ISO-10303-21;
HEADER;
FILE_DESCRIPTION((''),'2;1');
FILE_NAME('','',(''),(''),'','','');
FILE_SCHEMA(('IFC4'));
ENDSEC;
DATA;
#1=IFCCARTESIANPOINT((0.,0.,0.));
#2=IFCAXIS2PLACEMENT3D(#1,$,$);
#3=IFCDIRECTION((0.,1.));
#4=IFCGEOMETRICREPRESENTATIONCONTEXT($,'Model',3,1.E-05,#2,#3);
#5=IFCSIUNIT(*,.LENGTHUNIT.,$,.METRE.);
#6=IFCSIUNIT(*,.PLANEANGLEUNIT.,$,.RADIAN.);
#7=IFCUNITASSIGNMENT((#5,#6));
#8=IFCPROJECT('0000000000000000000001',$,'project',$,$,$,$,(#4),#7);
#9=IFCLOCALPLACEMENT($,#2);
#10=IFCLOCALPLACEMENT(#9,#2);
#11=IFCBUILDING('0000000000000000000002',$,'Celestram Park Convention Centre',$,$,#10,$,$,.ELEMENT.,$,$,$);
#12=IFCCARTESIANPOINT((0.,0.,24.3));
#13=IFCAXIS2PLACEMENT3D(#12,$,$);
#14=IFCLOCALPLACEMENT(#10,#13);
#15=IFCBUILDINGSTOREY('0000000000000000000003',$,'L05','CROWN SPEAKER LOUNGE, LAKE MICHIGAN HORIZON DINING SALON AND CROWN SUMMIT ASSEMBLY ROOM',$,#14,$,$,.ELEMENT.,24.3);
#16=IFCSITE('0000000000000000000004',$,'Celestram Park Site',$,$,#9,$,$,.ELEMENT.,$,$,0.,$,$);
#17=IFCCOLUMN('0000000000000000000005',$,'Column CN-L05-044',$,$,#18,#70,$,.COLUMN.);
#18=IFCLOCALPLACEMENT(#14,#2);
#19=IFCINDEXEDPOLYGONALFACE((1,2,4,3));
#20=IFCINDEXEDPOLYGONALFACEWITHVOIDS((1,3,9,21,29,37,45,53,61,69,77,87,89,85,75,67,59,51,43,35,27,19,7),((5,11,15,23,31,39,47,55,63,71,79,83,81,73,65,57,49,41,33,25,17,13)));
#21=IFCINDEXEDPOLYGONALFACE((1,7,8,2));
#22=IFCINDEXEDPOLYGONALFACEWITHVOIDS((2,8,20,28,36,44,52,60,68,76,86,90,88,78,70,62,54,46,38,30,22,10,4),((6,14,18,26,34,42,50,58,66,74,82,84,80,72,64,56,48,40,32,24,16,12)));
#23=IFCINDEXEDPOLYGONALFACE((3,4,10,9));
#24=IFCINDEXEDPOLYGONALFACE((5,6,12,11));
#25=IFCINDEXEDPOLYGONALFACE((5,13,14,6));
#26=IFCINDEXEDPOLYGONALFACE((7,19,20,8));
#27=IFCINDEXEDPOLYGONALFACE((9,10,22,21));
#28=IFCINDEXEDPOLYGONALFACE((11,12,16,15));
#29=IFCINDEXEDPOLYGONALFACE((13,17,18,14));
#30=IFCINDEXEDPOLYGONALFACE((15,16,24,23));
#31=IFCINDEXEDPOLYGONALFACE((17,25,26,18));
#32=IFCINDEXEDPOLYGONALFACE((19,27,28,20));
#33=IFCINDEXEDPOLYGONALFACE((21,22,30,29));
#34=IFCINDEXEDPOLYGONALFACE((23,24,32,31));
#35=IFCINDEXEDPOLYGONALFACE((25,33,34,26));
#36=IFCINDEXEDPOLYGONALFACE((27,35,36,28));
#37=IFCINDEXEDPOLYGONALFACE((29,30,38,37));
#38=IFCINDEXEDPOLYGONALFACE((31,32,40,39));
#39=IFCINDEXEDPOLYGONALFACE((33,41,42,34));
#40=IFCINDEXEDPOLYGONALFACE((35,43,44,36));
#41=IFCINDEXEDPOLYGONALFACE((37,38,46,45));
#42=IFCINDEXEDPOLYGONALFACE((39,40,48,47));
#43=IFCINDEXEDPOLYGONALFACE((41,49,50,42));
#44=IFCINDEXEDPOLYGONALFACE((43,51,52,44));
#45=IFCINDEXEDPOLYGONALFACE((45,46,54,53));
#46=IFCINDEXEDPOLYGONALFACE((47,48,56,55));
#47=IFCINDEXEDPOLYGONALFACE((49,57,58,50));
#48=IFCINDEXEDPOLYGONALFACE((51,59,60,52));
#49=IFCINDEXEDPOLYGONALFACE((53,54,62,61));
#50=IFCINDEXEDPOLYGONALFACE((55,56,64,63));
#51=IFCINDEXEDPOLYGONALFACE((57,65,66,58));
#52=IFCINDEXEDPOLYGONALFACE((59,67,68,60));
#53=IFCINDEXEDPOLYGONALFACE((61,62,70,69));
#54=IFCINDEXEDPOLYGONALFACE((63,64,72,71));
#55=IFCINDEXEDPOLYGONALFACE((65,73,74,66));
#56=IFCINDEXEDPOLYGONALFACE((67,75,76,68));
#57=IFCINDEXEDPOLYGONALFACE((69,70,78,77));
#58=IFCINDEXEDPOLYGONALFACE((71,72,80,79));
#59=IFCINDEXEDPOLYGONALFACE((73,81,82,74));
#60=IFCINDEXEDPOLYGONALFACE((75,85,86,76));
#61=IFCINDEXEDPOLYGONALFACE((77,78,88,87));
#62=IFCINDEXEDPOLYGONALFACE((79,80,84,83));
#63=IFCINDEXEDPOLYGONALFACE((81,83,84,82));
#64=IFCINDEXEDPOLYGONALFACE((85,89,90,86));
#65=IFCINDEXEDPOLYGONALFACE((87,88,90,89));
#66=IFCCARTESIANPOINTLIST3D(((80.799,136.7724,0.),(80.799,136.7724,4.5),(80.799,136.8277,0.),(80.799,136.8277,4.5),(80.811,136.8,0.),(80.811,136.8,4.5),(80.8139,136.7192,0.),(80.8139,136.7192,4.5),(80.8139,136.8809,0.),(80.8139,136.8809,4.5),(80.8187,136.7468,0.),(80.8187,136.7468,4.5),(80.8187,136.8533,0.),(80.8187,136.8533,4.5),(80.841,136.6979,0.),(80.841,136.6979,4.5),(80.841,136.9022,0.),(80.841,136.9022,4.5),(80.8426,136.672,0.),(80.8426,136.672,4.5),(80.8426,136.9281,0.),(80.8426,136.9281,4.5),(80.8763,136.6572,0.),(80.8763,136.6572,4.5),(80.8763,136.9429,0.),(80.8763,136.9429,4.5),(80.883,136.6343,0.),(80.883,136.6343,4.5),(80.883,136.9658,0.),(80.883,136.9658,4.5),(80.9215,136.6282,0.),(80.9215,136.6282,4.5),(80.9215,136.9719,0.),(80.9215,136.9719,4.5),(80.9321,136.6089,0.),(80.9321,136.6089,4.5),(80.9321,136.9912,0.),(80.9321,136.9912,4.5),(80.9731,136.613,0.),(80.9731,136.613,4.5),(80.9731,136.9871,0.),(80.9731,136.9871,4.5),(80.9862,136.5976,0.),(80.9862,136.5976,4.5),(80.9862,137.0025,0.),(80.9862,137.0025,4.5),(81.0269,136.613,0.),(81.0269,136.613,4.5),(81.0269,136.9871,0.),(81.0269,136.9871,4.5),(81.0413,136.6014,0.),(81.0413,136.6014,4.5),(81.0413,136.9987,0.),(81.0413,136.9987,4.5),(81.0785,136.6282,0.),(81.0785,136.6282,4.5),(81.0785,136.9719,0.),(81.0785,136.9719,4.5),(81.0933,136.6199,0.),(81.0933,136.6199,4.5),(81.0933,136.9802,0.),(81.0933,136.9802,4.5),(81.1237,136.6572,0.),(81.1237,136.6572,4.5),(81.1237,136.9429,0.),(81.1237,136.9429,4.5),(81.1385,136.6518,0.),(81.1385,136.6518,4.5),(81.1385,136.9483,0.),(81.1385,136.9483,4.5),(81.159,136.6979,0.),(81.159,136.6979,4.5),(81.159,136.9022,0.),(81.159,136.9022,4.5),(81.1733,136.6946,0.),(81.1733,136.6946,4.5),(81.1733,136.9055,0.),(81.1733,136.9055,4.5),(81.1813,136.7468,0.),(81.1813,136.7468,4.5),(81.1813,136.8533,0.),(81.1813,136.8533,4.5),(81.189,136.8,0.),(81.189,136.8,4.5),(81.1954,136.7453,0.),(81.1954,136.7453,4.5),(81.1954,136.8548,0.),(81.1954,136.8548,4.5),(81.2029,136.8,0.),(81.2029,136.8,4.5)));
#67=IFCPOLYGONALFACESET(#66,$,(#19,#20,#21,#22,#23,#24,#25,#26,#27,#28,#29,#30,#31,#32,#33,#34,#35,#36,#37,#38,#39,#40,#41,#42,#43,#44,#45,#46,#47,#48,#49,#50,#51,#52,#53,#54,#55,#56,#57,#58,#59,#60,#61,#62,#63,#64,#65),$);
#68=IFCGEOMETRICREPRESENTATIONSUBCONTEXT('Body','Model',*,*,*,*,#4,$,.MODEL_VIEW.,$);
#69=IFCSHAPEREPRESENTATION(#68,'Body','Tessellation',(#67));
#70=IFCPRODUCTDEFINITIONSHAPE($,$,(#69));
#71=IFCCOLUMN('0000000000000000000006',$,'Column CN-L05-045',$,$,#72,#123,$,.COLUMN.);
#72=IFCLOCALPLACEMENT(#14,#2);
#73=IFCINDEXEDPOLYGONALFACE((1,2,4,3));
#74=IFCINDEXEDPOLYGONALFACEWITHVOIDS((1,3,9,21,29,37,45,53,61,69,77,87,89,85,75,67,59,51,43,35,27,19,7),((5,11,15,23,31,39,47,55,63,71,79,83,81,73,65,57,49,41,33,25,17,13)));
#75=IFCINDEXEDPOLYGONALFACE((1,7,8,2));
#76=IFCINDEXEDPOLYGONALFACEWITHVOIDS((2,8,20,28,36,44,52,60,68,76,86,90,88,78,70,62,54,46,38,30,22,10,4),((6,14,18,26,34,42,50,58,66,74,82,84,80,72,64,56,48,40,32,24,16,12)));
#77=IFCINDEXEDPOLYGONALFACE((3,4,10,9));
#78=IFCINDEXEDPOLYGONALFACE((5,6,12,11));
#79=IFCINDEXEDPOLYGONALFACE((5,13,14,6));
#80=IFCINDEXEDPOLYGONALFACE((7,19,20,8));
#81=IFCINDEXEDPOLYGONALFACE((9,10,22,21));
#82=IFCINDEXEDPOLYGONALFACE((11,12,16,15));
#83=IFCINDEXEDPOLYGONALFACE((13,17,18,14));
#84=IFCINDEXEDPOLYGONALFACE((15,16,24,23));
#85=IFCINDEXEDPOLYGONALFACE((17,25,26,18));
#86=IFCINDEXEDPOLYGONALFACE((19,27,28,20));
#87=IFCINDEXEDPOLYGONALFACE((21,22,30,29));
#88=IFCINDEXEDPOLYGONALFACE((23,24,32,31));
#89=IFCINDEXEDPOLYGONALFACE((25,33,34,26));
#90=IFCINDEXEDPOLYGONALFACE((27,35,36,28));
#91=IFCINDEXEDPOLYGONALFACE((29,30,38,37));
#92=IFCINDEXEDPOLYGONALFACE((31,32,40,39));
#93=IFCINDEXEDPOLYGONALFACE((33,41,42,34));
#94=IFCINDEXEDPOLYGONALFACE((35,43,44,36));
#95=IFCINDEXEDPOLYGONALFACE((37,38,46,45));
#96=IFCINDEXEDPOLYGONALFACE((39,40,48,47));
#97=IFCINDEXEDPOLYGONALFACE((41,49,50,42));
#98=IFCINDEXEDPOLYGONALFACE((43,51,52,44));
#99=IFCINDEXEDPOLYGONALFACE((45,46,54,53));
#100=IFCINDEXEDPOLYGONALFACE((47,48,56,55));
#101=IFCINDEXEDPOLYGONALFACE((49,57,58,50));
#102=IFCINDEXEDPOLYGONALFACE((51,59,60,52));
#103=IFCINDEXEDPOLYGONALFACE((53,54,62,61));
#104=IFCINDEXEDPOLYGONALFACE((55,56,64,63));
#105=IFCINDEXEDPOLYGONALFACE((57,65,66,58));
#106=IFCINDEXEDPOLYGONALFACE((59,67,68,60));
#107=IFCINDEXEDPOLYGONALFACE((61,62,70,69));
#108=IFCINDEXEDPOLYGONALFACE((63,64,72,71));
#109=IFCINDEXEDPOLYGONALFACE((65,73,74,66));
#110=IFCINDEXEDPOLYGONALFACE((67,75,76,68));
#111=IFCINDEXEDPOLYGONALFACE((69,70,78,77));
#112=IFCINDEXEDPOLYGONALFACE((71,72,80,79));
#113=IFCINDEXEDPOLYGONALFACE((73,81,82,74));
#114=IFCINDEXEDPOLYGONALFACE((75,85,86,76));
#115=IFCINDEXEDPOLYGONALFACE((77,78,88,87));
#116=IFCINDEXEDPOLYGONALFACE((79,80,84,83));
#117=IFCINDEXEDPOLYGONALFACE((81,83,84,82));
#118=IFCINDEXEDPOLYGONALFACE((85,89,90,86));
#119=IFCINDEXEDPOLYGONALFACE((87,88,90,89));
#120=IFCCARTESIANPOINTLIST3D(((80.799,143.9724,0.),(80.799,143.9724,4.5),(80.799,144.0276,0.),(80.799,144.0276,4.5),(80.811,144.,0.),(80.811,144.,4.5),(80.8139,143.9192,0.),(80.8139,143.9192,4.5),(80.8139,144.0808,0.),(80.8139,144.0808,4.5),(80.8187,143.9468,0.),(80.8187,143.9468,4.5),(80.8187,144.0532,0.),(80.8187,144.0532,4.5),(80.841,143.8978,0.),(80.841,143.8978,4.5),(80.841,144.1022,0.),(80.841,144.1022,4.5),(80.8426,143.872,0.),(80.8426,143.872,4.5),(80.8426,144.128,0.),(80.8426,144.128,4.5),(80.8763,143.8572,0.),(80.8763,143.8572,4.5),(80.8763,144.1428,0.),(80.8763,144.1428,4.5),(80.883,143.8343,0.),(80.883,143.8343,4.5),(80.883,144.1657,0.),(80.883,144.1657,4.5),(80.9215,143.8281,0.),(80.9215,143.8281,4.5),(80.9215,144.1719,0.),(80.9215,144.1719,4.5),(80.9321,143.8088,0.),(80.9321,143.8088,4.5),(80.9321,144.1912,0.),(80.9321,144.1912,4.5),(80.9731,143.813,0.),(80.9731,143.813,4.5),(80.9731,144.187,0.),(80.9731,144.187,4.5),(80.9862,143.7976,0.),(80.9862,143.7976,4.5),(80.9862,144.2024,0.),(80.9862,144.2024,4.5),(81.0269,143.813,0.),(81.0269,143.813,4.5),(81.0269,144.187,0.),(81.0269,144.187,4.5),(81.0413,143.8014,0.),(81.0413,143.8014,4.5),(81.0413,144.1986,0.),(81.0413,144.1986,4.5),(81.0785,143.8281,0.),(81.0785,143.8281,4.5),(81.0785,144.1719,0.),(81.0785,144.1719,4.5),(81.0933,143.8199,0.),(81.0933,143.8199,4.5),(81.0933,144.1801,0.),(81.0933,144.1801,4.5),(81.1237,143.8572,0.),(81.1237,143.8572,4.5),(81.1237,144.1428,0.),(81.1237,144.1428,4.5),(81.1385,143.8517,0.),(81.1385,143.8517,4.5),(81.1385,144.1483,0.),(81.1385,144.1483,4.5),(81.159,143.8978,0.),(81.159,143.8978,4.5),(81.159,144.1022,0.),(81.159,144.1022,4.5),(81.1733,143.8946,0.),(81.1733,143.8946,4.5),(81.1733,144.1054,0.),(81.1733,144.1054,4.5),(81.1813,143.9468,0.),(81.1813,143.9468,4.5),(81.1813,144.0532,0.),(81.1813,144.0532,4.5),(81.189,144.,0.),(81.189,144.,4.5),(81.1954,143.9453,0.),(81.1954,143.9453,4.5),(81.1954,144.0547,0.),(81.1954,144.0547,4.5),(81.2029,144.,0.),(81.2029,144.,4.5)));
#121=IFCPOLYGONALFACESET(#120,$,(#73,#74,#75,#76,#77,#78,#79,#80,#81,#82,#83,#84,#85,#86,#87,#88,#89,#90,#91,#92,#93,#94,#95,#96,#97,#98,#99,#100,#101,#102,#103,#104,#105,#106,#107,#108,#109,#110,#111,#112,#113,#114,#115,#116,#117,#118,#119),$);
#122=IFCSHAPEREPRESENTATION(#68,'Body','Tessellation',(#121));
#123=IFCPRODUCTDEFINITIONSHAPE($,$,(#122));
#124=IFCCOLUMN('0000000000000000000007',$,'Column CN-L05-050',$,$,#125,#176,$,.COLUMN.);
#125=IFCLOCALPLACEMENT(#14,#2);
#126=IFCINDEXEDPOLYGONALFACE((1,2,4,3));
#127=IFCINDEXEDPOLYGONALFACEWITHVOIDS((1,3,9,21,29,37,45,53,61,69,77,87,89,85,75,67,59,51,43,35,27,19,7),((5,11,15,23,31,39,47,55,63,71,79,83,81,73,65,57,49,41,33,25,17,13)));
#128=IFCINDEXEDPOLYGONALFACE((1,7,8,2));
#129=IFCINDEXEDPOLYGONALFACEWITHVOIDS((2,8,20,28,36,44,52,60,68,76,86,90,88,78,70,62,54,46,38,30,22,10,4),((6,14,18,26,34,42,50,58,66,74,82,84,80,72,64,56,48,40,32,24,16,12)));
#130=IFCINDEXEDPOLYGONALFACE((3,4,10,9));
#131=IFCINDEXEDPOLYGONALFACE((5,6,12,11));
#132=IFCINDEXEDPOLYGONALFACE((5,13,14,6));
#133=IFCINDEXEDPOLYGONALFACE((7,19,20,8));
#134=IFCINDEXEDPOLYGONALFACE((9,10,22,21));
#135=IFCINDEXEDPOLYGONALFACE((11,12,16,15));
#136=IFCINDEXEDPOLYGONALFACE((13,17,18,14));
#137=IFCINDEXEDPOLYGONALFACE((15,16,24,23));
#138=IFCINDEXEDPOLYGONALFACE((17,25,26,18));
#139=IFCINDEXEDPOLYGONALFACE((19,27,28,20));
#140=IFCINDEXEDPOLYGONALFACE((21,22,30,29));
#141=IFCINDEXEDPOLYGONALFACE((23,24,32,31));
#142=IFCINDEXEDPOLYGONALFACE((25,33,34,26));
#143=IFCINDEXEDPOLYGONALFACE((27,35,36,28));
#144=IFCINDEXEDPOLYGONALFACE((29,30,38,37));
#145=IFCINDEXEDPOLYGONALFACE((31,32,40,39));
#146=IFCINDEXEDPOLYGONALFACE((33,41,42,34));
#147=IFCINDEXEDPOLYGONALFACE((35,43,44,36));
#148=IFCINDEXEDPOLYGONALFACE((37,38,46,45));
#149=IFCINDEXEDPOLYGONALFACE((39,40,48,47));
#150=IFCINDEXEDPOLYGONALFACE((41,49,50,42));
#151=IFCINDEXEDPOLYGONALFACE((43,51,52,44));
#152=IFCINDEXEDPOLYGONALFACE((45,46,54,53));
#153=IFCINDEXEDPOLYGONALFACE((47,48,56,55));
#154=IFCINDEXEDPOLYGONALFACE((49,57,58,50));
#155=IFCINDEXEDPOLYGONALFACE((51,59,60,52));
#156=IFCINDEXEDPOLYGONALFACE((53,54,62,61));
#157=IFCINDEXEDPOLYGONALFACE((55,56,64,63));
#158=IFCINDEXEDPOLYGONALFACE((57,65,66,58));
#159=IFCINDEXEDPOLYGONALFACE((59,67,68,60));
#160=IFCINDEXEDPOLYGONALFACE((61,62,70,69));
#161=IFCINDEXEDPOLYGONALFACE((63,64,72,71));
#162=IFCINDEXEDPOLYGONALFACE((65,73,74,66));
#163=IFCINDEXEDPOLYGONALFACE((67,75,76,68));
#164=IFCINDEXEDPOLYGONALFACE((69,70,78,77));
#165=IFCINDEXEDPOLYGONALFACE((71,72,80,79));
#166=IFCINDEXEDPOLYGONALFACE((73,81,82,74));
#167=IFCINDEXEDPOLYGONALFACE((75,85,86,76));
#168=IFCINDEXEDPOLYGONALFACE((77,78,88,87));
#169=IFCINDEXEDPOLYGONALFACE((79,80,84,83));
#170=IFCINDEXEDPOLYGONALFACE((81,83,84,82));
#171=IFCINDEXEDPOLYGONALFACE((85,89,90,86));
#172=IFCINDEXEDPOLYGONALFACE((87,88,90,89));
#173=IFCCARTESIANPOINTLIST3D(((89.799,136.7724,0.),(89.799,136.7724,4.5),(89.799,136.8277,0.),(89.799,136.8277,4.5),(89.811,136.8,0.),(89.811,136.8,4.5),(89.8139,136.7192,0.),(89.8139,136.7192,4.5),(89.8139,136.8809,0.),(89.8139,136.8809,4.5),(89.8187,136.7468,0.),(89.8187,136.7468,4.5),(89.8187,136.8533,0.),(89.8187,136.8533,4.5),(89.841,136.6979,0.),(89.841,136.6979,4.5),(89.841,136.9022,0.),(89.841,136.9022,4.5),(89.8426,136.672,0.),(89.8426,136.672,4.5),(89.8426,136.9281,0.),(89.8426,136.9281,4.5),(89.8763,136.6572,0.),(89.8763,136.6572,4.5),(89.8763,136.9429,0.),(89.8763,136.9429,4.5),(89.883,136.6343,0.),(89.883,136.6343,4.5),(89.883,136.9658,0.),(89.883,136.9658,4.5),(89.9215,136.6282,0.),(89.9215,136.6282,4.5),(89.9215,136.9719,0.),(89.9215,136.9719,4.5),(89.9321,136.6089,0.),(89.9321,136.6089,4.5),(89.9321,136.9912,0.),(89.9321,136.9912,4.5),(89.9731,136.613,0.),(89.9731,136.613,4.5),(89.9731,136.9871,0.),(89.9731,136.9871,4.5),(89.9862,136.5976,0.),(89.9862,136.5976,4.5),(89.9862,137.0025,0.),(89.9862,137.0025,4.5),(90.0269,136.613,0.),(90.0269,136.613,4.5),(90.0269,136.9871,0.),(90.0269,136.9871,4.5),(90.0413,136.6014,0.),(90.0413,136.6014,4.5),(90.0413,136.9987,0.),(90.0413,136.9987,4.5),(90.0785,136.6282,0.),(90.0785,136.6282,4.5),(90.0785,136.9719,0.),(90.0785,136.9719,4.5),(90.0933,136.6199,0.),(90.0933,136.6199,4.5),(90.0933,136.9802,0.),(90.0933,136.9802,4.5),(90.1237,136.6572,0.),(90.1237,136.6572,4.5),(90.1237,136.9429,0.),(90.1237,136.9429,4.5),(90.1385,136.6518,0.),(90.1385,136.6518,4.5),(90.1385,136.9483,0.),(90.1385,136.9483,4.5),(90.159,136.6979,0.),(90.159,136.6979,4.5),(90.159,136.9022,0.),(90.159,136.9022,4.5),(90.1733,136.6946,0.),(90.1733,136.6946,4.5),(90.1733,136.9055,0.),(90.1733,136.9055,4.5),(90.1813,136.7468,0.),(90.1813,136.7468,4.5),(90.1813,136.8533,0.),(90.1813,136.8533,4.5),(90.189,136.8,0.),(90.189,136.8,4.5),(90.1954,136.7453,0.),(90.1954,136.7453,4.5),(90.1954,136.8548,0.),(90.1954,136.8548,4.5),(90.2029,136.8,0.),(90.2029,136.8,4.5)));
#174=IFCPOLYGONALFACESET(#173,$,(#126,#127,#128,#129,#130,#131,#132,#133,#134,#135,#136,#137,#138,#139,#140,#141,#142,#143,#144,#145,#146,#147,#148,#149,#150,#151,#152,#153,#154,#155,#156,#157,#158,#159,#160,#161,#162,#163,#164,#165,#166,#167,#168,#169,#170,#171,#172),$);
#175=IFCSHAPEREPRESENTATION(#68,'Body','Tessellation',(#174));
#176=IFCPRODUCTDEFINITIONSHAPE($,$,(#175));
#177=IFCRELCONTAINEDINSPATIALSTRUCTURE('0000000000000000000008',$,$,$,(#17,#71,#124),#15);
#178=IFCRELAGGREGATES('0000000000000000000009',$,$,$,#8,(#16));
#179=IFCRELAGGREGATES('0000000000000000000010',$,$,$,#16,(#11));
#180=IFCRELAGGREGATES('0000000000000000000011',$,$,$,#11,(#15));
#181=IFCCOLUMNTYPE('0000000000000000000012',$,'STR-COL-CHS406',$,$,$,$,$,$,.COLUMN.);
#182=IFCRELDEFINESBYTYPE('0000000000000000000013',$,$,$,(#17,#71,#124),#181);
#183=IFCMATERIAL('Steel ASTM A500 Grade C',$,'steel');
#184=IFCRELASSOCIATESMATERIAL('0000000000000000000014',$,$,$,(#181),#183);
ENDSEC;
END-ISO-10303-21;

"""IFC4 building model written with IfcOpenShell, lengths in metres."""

from ifc_helpers import new_model, si_unit, direction, frame, origin, origin_2d, place, context, subcontext, project, spatial, hollow_circle, extrude, material, material_profile, profile_set, type_object, element, save


model = new_model("IFC4")

# Units and contexts
model_context = context("Model", 3, precision=1e-05, world=origin(), true_north=direction((0.0, 1.0)))
body_context = subcontext(model_context, "Body", "Model", "MODEL_VIEW")
ifc_project = project(units=[si_unit("LENGTHUNIT", "METRE"), si_unit("PLANEANGLEUNIT", "RADIAN")], contexts=[model_context])

# Site, building, storey
site_placement = place(None, origin())
site = spatial("IfcSite", under=ifc_project, at=site_placement, Name="Celestram Park Site", CompositionType="ELEMENT", RefElevation=0.0)
building_placement = place(site_placement, origin())
building = spatial("IfcBuilding", under=site, at=building_placement, Name="Celestram Park Convention Centre", CompositionType="ELEMENT")
storey_placement = place(building_placement, frame((0.0, 0.0, 24.3)))
storey = spatial("IfcBuildingStorey", under=building, at=storey_placement, Name="L05", Description="CROWN SPEAKER LOUNGE, LAKE MICHIGAN HORIZON DINING SALON AND CROWN SUMMIT ASSEMBLY ROOM", CompositionType="ELEMENT", Elevation=24.3)

# Columns
ifc_material_1 = material(Name="Steel ASTM A500 Grade C", Category="steel")
ifc_material_profile_1 = material_profile(ifc_material_1, hollow_circle(Radius=0.2029, WallThickness=0.0139, at=origin_2d()), Name="CHS406X14")
ifc_profile_set_1 = profile_set([ifc_material_profile_1], Name="Steel ASTM A500 Grade C")
column_type = type_object("IfcColumnType", Name="STR-COL-CHS406", PredefinedType="COLUMN", material=ifc_profile_set_1)
for number, where, z_axis, x_axis, name in (
    (1, (81.0, 136.8, 0.0), (0.0, 0.0, 1.0), (1.0, 0.0, 0.0), "Column CN-L05-044"),
    (2, (81.0, 144.0, 0.0), (0.0, 0.0, 1.0), (1.0, 0.0, 0.0), "Column CN-L05-045"),
    (3, (90.0, 136.8, 0.0), (0.0, 0.0, 1.0), (1.0, 0.0, 0.0), "Column CN-L05-050"),
):
    element("IfcColumn", number, at=place(storey_placement, frame(where, z_axis=z_axis, x_axis=x_axis)), inside=storey, type_object=column_type, Name=name, PredefinedType="COLUMN", context=body_context, shape_type="SweptSolid", body=[
        extrude(hollow_circle(Radius=0.2029, WallThickness=0.0139, at=origin_2d()), origin(), (0.0, 0.0, 1.0), 4.5),
    ])

save(model, "model.ifc")
